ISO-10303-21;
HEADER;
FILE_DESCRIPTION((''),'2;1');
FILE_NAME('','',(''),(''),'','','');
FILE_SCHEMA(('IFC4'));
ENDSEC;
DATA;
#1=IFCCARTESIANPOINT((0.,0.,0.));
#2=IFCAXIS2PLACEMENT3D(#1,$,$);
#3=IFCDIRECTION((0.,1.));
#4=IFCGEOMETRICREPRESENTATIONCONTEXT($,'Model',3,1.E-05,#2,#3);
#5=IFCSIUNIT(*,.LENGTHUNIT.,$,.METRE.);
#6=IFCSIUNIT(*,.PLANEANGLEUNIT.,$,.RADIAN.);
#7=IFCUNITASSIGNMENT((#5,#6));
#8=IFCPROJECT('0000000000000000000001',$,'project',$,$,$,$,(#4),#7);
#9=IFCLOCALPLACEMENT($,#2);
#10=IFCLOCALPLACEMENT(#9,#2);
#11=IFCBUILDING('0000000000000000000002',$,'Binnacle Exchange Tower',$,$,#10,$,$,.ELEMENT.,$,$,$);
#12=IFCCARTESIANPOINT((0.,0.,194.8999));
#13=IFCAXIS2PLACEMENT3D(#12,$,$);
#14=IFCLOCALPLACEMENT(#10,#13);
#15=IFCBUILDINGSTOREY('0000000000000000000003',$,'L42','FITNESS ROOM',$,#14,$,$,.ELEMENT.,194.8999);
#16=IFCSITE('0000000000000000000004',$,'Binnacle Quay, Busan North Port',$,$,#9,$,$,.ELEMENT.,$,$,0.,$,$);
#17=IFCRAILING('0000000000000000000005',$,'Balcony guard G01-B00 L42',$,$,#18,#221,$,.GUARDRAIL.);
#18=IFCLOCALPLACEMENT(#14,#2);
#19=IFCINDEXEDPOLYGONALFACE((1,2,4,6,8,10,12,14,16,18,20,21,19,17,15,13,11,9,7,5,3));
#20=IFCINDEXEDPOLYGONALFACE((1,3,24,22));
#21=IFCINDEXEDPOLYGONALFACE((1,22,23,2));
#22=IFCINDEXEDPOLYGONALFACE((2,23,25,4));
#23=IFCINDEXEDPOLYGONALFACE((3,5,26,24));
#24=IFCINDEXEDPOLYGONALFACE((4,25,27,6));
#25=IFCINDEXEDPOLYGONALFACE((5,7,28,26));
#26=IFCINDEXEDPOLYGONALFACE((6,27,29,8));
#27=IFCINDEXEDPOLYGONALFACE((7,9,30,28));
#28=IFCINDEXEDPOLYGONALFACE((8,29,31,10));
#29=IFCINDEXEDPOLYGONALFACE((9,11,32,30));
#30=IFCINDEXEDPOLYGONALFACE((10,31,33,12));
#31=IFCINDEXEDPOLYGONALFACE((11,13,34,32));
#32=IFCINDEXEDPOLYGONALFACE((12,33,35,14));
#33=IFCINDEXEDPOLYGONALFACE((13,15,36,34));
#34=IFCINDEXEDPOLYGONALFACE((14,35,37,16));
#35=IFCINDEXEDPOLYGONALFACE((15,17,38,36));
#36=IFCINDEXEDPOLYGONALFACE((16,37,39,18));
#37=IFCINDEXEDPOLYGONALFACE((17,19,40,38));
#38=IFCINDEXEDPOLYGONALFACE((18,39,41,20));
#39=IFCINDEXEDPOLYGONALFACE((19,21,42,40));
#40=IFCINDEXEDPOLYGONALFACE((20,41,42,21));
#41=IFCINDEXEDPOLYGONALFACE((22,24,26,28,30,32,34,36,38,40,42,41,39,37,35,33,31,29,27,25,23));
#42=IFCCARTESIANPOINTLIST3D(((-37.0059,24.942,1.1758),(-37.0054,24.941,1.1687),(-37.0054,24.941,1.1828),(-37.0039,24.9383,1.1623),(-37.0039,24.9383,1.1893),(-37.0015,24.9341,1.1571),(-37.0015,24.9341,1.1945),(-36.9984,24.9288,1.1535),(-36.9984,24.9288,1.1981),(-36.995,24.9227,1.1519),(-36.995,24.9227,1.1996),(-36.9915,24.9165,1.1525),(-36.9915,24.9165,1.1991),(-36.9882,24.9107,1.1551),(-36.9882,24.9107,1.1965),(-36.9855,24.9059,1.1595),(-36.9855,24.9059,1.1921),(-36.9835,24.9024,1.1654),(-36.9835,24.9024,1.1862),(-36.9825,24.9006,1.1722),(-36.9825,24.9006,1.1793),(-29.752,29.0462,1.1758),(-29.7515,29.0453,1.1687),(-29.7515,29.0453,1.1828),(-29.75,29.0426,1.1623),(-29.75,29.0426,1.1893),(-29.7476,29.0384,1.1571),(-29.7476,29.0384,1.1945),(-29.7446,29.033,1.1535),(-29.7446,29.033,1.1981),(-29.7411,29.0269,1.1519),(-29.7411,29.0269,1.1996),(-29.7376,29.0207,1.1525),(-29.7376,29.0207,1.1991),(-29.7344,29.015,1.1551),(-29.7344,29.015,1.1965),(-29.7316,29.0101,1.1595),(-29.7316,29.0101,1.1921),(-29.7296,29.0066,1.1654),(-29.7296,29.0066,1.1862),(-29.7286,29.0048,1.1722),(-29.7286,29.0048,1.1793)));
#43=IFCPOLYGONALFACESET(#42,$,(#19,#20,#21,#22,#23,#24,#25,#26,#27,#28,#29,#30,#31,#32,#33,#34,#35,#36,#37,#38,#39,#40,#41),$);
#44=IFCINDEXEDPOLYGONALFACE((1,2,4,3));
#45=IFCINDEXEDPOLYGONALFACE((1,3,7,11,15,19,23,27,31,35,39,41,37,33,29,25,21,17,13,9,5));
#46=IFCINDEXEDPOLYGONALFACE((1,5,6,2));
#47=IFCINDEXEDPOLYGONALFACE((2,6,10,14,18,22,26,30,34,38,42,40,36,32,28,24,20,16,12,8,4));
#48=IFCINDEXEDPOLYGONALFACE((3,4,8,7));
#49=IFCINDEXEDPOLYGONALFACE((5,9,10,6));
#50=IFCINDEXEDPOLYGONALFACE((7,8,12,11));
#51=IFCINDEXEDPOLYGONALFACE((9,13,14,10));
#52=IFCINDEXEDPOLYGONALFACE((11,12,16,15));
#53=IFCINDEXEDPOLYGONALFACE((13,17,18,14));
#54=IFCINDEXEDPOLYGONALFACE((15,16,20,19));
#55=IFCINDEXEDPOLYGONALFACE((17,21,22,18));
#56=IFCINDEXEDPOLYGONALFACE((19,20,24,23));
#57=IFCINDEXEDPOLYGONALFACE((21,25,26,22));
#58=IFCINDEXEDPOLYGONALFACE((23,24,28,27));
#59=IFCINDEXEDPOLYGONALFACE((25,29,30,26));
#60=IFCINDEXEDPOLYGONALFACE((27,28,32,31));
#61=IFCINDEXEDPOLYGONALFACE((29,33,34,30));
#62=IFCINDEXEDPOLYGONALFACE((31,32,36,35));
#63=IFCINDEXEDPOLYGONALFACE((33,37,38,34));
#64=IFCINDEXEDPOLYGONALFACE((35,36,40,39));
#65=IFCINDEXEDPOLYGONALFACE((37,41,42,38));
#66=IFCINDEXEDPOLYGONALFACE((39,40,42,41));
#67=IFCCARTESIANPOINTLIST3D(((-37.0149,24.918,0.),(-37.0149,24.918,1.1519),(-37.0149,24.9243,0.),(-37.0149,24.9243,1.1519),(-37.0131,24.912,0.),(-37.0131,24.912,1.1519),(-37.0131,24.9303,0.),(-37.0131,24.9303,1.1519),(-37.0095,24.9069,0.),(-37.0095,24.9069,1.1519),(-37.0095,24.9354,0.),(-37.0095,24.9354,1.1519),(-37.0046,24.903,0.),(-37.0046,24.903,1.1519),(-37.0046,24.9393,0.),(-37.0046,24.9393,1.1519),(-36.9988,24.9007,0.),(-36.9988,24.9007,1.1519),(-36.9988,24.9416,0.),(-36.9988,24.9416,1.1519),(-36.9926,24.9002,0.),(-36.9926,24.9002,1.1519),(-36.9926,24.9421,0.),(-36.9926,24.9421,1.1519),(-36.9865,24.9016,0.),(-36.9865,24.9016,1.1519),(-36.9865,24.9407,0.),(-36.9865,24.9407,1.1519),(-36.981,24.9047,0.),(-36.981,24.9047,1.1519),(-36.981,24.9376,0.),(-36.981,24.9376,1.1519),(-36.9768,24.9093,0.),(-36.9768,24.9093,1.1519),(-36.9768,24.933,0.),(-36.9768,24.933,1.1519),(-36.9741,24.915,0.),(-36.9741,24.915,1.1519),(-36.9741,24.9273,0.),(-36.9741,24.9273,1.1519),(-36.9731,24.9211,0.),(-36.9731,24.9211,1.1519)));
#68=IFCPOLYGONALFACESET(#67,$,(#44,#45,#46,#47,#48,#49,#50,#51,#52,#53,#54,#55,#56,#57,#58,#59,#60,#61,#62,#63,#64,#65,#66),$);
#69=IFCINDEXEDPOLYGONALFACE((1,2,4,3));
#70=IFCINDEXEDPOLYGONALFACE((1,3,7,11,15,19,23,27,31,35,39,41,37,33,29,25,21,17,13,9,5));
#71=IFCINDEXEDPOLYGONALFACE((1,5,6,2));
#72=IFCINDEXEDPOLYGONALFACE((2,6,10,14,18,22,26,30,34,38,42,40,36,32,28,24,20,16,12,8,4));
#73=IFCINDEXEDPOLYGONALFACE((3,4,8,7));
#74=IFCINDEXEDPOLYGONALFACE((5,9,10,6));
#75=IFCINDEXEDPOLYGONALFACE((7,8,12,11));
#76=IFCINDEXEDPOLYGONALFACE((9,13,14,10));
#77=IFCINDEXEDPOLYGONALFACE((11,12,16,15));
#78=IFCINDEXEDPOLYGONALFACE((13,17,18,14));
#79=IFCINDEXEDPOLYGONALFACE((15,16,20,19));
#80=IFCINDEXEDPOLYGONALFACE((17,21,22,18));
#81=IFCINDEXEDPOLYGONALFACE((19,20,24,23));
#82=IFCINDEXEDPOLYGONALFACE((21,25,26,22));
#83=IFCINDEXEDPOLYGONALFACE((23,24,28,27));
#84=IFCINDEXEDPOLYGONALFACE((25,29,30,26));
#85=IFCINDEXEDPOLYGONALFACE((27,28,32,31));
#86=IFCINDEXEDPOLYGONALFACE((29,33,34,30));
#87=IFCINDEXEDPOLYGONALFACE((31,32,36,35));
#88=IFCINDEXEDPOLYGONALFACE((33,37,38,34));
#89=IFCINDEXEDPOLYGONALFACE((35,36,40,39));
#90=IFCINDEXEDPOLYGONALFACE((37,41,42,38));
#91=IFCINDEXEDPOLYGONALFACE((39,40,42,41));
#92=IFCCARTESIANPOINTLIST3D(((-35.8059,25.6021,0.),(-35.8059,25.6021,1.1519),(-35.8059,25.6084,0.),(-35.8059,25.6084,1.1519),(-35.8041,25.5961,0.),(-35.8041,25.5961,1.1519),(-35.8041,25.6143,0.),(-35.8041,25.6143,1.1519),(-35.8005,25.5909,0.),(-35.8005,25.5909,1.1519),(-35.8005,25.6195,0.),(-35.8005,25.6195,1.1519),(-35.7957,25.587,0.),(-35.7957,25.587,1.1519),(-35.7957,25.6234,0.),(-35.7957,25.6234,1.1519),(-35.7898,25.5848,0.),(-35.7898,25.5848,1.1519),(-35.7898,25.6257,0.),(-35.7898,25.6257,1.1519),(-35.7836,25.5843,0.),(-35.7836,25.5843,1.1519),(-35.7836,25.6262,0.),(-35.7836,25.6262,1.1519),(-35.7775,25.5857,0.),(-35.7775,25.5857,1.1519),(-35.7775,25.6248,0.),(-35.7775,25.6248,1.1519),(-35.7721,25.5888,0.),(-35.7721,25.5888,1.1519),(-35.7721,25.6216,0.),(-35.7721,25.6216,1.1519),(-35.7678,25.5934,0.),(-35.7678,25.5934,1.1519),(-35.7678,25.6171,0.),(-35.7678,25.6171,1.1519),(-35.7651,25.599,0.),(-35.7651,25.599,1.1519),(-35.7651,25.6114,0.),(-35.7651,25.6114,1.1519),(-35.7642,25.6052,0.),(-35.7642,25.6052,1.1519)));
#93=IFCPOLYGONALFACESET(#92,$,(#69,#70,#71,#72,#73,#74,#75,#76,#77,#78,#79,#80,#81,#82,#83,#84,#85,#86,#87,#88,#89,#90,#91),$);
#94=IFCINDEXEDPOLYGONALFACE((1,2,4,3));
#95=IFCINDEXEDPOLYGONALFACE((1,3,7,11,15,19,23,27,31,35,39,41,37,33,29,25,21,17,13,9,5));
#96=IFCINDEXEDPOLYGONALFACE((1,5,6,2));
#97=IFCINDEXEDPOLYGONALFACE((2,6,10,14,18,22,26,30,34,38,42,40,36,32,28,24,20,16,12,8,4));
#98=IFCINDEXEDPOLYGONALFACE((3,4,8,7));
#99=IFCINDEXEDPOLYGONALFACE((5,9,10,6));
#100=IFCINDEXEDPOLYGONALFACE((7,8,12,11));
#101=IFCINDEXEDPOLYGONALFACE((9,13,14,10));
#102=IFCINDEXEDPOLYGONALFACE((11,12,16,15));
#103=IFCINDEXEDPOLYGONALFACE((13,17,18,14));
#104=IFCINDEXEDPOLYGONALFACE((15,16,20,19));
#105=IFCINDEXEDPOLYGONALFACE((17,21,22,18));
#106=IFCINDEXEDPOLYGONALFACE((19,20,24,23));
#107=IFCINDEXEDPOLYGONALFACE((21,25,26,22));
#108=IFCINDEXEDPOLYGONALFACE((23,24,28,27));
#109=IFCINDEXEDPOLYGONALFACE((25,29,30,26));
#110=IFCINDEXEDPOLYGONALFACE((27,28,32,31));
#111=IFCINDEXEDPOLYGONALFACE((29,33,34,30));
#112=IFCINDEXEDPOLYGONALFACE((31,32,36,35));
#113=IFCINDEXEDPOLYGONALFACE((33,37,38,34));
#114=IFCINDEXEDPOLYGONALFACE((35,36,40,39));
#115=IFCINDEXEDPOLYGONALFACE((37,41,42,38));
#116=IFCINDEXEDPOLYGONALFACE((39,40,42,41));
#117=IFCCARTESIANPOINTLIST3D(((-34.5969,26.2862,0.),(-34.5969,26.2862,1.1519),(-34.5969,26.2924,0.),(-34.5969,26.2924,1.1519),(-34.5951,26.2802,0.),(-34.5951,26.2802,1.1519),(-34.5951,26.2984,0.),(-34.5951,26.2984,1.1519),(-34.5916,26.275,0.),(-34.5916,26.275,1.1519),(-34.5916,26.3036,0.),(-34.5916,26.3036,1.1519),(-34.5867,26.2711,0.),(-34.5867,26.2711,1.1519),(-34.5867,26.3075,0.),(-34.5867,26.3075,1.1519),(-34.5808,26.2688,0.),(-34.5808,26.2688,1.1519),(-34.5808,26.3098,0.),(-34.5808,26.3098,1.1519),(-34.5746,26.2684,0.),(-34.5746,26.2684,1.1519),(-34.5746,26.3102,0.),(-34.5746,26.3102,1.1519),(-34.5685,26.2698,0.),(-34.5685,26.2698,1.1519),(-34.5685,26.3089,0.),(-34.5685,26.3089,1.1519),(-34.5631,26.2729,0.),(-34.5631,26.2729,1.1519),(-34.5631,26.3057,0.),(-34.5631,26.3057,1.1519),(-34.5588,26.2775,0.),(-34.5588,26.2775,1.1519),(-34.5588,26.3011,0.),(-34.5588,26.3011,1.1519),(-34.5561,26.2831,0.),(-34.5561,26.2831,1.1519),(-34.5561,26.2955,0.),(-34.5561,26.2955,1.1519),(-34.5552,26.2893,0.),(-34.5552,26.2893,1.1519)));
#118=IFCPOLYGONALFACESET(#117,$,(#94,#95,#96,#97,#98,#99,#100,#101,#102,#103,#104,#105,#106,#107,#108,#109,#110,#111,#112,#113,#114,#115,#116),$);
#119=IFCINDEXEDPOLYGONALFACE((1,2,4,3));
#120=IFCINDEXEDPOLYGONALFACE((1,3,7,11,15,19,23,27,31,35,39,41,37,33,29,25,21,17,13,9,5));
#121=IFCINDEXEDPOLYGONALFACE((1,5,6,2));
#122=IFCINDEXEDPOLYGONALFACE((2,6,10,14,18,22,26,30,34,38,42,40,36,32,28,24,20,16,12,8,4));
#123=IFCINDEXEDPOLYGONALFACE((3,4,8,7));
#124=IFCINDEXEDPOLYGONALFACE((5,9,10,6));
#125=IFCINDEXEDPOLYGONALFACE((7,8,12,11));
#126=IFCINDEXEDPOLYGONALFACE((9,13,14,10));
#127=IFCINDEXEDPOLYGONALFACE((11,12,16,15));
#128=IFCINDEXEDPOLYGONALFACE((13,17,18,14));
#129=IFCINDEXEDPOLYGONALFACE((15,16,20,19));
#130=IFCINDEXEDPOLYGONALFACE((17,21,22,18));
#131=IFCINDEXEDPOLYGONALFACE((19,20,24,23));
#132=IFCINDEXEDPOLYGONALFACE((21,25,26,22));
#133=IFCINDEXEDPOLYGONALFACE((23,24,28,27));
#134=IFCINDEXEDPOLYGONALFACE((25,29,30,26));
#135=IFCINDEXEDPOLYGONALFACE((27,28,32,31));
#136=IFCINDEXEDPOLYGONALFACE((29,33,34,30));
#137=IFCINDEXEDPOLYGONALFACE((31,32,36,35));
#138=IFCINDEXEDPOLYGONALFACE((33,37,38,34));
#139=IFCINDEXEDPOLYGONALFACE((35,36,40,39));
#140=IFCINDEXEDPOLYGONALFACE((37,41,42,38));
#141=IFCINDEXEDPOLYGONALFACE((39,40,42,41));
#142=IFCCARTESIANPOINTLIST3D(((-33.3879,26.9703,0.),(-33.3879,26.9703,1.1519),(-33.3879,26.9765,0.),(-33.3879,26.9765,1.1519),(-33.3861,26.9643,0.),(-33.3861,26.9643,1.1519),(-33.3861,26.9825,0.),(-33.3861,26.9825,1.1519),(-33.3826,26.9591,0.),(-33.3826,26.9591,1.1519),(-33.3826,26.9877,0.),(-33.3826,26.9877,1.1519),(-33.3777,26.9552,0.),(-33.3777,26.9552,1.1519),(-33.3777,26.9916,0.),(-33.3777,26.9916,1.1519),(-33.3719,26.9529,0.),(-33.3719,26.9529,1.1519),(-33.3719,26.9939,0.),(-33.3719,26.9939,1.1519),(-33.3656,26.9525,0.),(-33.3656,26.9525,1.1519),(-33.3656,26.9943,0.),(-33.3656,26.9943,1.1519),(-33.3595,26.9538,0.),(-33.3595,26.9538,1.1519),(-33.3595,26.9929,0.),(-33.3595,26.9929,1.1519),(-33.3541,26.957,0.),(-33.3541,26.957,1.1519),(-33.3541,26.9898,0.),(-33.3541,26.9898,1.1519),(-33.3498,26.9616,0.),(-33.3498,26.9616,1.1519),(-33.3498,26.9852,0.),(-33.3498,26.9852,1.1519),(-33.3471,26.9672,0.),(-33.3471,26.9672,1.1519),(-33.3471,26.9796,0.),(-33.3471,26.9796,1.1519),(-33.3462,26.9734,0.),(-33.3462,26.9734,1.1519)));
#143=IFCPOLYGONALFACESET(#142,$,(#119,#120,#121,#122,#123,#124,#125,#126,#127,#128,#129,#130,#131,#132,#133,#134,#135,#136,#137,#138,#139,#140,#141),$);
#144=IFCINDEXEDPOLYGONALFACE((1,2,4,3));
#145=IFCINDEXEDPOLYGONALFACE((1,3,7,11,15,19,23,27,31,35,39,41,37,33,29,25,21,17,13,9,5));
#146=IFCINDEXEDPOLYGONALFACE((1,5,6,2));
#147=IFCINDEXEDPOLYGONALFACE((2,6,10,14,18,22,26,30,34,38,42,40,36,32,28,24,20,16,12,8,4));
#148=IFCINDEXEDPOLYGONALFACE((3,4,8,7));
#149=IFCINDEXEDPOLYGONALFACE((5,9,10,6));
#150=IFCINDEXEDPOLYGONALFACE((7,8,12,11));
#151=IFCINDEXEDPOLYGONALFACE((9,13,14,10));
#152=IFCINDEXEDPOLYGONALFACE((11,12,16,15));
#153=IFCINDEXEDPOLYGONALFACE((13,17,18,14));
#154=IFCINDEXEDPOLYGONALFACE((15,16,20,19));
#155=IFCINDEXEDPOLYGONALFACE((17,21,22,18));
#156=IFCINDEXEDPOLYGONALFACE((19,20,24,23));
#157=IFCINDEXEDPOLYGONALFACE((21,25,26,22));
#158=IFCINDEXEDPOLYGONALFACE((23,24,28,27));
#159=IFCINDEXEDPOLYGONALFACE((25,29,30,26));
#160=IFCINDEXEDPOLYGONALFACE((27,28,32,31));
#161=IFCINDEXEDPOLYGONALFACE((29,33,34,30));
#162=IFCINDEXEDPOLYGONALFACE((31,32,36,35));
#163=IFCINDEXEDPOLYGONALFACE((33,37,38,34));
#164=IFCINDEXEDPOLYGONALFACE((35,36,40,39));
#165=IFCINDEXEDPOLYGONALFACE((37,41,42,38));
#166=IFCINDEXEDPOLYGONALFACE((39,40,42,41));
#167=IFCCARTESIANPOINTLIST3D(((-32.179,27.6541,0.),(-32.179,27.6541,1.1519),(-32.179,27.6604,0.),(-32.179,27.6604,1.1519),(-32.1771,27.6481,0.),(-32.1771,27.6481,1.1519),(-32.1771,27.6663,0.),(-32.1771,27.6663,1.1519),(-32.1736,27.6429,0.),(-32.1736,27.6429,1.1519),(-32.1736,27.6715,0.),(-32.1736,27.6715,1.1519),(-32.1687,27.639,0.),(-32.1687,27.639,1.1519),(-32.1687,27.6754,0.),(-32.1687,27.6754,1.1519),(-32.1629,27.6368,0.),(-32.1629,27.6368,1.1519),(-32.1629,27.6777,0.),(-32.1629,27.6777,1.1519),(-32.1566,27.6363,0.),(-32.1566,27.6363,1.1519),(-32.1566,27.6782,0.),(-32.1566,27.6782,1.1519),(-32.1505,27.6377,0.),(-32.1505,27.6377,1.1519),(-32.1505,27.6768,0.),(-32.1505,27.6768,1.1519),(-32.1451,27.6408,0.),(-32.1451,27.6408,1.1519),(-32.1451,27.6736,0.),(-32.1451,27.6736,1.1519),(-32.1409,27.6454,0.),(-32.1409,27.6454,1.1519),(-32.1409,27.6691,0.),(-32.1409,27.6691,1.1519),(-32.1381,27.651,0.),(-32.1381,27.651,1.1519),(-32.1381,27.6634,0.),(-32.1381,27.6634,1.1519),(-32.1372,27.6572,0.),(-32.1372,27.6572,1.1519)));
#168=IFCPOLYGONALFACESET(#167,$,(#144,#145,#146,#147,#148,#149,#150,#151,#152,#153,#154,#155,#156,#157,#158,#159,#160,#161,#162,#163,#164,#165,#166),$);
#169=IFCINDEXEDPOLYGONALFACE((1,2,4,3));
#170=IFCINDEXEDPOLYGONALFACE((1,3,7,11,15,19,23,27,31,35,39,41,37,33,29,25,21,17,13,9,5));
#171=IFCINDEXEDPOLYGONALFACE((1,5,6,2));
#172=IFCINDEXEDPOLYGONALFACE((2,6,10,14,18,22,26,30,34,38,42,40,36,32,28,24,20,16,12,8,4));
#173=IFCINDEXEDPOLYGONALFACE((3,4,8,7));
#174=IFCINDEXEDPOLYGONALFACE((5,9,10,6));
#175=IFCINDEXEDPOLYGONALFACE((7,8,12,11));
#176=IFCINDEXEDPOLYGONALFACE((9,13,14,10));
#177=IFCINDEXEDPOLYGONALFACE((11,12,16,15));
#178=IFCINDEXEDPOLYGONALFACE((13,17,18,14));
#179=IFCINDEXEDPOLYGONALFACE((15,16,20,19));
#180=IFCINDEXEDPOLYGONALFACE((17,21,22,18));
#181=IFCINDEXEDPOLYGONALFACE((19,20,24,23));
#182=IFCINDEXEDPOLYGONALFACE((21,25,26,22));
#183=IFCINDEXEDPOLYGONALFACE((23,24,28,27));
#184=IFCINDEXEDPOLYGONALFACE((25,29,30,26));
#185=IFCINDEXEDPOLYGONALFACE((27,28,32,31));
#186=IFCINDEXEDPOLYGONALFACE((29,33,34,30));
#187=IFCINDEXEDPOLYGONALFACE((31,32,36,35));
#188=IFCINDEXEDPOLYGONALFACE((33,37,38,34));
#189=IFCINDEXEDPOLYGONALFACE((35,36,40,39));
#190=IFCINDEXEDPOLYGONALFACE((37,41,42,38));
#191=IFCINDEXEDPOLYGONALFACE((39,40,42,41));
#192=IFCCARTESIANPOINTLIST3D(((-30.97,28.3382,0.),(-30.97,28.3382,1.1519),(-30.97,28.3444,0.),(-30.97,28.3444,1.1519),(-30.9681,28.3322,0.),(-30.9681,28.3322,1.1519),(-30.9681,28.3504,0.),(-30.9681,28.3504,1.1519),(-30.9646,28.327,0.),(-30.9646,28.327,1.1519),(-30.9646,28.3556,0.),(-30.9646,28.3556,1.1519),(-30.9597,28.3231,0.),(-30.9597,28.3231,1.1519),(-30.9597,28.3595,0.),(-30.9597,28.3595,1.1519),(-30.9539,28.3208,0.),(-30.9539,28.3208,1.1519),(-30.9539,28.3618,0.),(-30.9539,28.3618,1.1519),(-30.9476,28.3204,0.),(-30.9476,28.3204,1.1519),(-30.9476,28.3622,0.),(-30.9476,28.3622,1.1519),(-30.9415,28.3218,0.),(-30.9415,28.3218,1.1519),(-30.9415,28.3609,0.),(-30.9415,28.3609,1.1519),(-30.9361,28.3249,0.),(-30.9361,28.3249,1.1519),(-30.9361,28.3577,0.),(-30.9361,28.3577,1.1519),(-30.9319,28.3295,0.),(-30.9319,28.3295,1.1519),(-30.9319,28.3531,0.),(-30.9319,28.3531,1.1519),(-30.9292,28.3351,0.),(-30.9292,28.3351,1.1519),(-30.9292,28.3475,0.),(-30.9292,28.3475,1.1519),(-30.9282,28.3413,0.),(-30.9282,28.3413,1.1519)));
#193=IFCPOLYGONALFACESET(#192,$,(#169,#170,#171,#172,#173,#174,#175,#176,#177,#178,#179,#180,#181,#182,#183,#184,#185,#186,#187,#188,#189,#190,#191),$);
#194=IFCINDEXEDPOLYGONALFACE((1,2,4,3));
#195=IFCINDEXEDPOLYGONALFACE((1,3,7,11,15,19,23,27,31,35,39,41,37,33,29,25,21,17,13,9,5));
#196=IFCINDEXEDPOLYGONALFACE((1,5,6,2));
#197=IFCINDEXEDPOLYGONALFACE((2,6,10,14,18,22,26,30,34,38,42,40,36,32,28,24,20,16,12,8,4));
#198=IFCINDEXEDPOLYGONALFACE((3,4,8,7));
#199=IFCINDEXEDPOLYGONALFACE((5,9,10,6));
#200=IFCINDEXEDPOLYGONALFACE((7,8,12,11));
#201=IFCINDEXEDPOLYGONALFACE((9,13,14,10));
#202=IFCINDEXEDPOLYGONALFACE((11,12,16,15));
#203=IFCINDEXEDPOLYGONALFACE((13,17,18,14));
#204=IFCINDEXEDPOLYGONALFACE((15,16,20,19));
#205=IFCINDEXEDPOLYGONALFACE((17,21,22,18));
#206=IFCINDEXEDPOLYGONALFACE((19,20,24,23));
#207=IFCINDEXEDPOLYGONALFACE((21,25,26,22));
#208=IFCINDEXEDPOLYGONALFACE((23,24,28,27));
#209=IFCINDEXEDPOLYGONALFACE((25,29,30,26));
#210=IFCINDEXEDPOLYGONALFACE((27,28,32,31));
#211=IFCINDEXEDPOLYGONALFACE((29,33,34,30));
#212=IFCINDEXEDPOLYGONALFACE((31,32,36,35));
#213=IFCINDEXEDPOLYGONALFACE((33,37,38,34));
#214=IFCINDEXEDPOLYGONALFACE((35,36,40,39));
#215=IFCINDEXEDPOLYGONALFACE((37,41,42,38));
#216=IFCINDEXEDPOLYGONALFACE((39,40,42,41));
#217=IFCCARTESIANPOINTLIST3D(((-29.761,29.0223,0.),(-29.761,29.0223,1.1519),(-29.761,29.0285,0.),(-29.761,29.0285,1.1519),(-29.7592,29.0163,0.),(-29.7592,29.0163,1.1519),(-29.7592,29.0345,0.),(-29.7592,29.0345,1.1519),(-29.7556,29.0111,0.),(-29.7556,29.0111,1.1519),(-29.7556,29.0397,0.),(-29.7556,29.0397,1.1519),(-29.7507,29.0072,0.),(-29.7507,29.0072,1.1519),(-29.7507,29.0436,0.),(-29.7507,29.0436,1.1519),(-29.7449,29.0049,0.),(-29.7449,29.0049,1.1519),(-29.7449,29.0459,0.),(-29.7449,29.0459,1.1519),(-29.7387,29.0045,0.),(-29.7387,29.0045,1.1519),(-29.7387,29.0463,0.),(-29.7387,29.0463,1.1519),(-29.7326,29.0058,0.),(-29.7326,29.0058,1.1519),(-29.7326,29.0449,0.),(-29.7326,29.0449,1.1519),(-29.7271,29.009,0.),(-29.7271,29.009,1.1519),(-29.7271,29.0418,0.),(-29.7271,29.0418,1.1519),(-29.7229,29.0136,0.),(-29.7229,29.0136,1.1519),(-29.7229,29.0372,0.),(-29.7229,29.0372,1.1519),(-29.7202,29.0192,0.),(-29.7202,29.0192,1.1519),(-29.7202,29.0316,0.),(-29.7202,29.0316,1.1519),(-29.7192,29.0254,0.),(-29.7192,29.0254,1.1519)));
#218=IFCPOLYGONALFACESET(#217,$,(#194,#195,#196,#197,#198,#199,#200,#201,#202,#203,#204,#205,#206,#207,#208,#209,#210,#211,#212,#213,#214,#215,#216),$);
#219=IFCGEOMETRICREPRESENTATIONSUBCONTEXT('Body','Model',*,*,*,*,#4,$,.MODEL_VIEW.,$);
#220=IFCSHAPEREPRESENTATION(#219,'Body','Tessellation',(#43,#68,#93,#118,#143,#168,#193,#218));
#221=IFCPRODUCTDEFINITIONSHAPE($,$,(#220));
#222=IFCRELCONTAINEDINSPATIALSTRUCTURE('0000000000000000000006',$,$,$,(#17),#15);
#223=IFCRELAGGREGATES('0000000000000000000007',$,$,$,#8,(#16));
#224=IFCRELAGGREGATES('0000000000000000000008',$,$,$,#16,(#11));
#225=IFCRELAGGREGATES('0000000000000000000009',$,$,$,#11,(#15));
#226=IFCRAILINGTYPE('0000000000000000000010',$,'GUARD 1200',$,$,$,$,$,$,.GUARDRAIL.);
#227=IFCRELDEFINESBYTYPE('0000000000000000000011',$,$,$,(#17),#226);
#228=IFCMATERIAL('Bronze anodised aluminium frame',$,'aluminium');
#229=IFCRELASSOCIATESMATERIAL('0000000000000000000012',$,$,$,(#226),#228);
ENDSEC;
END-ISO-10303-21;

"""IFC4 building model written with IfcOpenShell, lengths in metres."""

from ifc_helpers import new_model, si_unit, direction, frame, origin, origin_2d, place, context, subcontext, project, spatial, circle, extrude, material, type_object, element, save


model = new_model("IFC4")

# Units and contexts
model_context = context("Model", 3, precision=1e-05, world=origin(), true_north=direction((0.0, 1.0)))
body_context = subcontext(model_context, "Body", "Model", "MODEL_VIEW")
ifc_project = project(units=[si_unit("LENGTHUNIT", "METRE"), si_unit("PLANEANGLEUNIT", "RADIAN")], contexts=[model_context])

# Site, building, storey
site_placement = place(None, origin())
site = spatial("IfcSite", under=ifc_project, at=site_placement, Name="Binnacle Quay, Busan North Port", CompositionType="ELEMENT", RefElevation=0.0)
building_placement = place(site_placement, origin())
building = spatial("IfcBuilding", under=site, at=building_placement, Name="Binnacle Exchange Tower", CompositionType="ELEMENT")
storey_placement = place(building_placement, frame((0.0, 0.0, 194.8999)))
storey = spatial("IfcBuildingStorey", under=building, at=storey_placement, Name="L42", Description="FITNESS ROOM", CompositionType="ELEMENT", Elevation=194.8999)

# Railing
ifc_material_1 = material(Name="Bronze anodised aluminium frame", Category="aluminium")
railing_type_1 = type_object("IfcRailingType", Name="GUARD 1200", PredefinedType="GUARDRAIL", material=ifc_material_1)
railing_1_placement = place(storey_placement, frame((-36.9941, 24.9211, 0.0)))
element("IfcRailing", 1, at=railing_1_placement, inside=storey, type_object=railing_type_1, Name="Balcony guard G01-B00 L42", PredefinedType="GUARDRAIL", context=body_context, shape_type="SweptSolid", body=[
    extrude(circle(Radius=0.0239, at=origin_2d()), frame((0.0, 0.0, 1.1758), z_axis=(0.870346, 0.49244, 0.0), x_axis=(-0.49244, 0.870346, 0.0)), (0.0, 0.0, 1.0), 8.3345),
    extrude(circle(Radius=0.021, at=origin_2d()), origin(), (0.0, 0.0, 1.0), 1.1519),
    extrude(circle(Radius=0.021, at=origin_2d()), frame((1.209, 0.6841, 0.0)), (0.0, 0.0, 1.0), 1.1519),
    extrude(circle(Radius=0.021, at=origin_2d()), frame((2.418, 1.3682, 0.0)), (0.0, 0.0, 1.0), 1.1519),
    extrude(circle(Radius=0.021, at=origin_2d()), frame((3.627, 2.0522, 0.0)), (0.0, 0.0, 1.0), 1.1519),
    extrude(circle(Radius=0.021, at=origin_2d()), frame((4.8359, 2.7361, 0.0)), (0.0, 0.0, 1.0), 1.1519),
    extrude(circle(Radius=0.021, at=origin_2d()), frame((6.0449, 3.4202, 0.0)), (0.0, 0.0, 1.0), 1.1519),
    extrude(circle(Radius=0.021, at=origin_2d()), frame((7.2539, 4.1042, 0.0)), (0.0, 0.0, 1.0), 1.1519),
])

save(model, "model.ifc")
